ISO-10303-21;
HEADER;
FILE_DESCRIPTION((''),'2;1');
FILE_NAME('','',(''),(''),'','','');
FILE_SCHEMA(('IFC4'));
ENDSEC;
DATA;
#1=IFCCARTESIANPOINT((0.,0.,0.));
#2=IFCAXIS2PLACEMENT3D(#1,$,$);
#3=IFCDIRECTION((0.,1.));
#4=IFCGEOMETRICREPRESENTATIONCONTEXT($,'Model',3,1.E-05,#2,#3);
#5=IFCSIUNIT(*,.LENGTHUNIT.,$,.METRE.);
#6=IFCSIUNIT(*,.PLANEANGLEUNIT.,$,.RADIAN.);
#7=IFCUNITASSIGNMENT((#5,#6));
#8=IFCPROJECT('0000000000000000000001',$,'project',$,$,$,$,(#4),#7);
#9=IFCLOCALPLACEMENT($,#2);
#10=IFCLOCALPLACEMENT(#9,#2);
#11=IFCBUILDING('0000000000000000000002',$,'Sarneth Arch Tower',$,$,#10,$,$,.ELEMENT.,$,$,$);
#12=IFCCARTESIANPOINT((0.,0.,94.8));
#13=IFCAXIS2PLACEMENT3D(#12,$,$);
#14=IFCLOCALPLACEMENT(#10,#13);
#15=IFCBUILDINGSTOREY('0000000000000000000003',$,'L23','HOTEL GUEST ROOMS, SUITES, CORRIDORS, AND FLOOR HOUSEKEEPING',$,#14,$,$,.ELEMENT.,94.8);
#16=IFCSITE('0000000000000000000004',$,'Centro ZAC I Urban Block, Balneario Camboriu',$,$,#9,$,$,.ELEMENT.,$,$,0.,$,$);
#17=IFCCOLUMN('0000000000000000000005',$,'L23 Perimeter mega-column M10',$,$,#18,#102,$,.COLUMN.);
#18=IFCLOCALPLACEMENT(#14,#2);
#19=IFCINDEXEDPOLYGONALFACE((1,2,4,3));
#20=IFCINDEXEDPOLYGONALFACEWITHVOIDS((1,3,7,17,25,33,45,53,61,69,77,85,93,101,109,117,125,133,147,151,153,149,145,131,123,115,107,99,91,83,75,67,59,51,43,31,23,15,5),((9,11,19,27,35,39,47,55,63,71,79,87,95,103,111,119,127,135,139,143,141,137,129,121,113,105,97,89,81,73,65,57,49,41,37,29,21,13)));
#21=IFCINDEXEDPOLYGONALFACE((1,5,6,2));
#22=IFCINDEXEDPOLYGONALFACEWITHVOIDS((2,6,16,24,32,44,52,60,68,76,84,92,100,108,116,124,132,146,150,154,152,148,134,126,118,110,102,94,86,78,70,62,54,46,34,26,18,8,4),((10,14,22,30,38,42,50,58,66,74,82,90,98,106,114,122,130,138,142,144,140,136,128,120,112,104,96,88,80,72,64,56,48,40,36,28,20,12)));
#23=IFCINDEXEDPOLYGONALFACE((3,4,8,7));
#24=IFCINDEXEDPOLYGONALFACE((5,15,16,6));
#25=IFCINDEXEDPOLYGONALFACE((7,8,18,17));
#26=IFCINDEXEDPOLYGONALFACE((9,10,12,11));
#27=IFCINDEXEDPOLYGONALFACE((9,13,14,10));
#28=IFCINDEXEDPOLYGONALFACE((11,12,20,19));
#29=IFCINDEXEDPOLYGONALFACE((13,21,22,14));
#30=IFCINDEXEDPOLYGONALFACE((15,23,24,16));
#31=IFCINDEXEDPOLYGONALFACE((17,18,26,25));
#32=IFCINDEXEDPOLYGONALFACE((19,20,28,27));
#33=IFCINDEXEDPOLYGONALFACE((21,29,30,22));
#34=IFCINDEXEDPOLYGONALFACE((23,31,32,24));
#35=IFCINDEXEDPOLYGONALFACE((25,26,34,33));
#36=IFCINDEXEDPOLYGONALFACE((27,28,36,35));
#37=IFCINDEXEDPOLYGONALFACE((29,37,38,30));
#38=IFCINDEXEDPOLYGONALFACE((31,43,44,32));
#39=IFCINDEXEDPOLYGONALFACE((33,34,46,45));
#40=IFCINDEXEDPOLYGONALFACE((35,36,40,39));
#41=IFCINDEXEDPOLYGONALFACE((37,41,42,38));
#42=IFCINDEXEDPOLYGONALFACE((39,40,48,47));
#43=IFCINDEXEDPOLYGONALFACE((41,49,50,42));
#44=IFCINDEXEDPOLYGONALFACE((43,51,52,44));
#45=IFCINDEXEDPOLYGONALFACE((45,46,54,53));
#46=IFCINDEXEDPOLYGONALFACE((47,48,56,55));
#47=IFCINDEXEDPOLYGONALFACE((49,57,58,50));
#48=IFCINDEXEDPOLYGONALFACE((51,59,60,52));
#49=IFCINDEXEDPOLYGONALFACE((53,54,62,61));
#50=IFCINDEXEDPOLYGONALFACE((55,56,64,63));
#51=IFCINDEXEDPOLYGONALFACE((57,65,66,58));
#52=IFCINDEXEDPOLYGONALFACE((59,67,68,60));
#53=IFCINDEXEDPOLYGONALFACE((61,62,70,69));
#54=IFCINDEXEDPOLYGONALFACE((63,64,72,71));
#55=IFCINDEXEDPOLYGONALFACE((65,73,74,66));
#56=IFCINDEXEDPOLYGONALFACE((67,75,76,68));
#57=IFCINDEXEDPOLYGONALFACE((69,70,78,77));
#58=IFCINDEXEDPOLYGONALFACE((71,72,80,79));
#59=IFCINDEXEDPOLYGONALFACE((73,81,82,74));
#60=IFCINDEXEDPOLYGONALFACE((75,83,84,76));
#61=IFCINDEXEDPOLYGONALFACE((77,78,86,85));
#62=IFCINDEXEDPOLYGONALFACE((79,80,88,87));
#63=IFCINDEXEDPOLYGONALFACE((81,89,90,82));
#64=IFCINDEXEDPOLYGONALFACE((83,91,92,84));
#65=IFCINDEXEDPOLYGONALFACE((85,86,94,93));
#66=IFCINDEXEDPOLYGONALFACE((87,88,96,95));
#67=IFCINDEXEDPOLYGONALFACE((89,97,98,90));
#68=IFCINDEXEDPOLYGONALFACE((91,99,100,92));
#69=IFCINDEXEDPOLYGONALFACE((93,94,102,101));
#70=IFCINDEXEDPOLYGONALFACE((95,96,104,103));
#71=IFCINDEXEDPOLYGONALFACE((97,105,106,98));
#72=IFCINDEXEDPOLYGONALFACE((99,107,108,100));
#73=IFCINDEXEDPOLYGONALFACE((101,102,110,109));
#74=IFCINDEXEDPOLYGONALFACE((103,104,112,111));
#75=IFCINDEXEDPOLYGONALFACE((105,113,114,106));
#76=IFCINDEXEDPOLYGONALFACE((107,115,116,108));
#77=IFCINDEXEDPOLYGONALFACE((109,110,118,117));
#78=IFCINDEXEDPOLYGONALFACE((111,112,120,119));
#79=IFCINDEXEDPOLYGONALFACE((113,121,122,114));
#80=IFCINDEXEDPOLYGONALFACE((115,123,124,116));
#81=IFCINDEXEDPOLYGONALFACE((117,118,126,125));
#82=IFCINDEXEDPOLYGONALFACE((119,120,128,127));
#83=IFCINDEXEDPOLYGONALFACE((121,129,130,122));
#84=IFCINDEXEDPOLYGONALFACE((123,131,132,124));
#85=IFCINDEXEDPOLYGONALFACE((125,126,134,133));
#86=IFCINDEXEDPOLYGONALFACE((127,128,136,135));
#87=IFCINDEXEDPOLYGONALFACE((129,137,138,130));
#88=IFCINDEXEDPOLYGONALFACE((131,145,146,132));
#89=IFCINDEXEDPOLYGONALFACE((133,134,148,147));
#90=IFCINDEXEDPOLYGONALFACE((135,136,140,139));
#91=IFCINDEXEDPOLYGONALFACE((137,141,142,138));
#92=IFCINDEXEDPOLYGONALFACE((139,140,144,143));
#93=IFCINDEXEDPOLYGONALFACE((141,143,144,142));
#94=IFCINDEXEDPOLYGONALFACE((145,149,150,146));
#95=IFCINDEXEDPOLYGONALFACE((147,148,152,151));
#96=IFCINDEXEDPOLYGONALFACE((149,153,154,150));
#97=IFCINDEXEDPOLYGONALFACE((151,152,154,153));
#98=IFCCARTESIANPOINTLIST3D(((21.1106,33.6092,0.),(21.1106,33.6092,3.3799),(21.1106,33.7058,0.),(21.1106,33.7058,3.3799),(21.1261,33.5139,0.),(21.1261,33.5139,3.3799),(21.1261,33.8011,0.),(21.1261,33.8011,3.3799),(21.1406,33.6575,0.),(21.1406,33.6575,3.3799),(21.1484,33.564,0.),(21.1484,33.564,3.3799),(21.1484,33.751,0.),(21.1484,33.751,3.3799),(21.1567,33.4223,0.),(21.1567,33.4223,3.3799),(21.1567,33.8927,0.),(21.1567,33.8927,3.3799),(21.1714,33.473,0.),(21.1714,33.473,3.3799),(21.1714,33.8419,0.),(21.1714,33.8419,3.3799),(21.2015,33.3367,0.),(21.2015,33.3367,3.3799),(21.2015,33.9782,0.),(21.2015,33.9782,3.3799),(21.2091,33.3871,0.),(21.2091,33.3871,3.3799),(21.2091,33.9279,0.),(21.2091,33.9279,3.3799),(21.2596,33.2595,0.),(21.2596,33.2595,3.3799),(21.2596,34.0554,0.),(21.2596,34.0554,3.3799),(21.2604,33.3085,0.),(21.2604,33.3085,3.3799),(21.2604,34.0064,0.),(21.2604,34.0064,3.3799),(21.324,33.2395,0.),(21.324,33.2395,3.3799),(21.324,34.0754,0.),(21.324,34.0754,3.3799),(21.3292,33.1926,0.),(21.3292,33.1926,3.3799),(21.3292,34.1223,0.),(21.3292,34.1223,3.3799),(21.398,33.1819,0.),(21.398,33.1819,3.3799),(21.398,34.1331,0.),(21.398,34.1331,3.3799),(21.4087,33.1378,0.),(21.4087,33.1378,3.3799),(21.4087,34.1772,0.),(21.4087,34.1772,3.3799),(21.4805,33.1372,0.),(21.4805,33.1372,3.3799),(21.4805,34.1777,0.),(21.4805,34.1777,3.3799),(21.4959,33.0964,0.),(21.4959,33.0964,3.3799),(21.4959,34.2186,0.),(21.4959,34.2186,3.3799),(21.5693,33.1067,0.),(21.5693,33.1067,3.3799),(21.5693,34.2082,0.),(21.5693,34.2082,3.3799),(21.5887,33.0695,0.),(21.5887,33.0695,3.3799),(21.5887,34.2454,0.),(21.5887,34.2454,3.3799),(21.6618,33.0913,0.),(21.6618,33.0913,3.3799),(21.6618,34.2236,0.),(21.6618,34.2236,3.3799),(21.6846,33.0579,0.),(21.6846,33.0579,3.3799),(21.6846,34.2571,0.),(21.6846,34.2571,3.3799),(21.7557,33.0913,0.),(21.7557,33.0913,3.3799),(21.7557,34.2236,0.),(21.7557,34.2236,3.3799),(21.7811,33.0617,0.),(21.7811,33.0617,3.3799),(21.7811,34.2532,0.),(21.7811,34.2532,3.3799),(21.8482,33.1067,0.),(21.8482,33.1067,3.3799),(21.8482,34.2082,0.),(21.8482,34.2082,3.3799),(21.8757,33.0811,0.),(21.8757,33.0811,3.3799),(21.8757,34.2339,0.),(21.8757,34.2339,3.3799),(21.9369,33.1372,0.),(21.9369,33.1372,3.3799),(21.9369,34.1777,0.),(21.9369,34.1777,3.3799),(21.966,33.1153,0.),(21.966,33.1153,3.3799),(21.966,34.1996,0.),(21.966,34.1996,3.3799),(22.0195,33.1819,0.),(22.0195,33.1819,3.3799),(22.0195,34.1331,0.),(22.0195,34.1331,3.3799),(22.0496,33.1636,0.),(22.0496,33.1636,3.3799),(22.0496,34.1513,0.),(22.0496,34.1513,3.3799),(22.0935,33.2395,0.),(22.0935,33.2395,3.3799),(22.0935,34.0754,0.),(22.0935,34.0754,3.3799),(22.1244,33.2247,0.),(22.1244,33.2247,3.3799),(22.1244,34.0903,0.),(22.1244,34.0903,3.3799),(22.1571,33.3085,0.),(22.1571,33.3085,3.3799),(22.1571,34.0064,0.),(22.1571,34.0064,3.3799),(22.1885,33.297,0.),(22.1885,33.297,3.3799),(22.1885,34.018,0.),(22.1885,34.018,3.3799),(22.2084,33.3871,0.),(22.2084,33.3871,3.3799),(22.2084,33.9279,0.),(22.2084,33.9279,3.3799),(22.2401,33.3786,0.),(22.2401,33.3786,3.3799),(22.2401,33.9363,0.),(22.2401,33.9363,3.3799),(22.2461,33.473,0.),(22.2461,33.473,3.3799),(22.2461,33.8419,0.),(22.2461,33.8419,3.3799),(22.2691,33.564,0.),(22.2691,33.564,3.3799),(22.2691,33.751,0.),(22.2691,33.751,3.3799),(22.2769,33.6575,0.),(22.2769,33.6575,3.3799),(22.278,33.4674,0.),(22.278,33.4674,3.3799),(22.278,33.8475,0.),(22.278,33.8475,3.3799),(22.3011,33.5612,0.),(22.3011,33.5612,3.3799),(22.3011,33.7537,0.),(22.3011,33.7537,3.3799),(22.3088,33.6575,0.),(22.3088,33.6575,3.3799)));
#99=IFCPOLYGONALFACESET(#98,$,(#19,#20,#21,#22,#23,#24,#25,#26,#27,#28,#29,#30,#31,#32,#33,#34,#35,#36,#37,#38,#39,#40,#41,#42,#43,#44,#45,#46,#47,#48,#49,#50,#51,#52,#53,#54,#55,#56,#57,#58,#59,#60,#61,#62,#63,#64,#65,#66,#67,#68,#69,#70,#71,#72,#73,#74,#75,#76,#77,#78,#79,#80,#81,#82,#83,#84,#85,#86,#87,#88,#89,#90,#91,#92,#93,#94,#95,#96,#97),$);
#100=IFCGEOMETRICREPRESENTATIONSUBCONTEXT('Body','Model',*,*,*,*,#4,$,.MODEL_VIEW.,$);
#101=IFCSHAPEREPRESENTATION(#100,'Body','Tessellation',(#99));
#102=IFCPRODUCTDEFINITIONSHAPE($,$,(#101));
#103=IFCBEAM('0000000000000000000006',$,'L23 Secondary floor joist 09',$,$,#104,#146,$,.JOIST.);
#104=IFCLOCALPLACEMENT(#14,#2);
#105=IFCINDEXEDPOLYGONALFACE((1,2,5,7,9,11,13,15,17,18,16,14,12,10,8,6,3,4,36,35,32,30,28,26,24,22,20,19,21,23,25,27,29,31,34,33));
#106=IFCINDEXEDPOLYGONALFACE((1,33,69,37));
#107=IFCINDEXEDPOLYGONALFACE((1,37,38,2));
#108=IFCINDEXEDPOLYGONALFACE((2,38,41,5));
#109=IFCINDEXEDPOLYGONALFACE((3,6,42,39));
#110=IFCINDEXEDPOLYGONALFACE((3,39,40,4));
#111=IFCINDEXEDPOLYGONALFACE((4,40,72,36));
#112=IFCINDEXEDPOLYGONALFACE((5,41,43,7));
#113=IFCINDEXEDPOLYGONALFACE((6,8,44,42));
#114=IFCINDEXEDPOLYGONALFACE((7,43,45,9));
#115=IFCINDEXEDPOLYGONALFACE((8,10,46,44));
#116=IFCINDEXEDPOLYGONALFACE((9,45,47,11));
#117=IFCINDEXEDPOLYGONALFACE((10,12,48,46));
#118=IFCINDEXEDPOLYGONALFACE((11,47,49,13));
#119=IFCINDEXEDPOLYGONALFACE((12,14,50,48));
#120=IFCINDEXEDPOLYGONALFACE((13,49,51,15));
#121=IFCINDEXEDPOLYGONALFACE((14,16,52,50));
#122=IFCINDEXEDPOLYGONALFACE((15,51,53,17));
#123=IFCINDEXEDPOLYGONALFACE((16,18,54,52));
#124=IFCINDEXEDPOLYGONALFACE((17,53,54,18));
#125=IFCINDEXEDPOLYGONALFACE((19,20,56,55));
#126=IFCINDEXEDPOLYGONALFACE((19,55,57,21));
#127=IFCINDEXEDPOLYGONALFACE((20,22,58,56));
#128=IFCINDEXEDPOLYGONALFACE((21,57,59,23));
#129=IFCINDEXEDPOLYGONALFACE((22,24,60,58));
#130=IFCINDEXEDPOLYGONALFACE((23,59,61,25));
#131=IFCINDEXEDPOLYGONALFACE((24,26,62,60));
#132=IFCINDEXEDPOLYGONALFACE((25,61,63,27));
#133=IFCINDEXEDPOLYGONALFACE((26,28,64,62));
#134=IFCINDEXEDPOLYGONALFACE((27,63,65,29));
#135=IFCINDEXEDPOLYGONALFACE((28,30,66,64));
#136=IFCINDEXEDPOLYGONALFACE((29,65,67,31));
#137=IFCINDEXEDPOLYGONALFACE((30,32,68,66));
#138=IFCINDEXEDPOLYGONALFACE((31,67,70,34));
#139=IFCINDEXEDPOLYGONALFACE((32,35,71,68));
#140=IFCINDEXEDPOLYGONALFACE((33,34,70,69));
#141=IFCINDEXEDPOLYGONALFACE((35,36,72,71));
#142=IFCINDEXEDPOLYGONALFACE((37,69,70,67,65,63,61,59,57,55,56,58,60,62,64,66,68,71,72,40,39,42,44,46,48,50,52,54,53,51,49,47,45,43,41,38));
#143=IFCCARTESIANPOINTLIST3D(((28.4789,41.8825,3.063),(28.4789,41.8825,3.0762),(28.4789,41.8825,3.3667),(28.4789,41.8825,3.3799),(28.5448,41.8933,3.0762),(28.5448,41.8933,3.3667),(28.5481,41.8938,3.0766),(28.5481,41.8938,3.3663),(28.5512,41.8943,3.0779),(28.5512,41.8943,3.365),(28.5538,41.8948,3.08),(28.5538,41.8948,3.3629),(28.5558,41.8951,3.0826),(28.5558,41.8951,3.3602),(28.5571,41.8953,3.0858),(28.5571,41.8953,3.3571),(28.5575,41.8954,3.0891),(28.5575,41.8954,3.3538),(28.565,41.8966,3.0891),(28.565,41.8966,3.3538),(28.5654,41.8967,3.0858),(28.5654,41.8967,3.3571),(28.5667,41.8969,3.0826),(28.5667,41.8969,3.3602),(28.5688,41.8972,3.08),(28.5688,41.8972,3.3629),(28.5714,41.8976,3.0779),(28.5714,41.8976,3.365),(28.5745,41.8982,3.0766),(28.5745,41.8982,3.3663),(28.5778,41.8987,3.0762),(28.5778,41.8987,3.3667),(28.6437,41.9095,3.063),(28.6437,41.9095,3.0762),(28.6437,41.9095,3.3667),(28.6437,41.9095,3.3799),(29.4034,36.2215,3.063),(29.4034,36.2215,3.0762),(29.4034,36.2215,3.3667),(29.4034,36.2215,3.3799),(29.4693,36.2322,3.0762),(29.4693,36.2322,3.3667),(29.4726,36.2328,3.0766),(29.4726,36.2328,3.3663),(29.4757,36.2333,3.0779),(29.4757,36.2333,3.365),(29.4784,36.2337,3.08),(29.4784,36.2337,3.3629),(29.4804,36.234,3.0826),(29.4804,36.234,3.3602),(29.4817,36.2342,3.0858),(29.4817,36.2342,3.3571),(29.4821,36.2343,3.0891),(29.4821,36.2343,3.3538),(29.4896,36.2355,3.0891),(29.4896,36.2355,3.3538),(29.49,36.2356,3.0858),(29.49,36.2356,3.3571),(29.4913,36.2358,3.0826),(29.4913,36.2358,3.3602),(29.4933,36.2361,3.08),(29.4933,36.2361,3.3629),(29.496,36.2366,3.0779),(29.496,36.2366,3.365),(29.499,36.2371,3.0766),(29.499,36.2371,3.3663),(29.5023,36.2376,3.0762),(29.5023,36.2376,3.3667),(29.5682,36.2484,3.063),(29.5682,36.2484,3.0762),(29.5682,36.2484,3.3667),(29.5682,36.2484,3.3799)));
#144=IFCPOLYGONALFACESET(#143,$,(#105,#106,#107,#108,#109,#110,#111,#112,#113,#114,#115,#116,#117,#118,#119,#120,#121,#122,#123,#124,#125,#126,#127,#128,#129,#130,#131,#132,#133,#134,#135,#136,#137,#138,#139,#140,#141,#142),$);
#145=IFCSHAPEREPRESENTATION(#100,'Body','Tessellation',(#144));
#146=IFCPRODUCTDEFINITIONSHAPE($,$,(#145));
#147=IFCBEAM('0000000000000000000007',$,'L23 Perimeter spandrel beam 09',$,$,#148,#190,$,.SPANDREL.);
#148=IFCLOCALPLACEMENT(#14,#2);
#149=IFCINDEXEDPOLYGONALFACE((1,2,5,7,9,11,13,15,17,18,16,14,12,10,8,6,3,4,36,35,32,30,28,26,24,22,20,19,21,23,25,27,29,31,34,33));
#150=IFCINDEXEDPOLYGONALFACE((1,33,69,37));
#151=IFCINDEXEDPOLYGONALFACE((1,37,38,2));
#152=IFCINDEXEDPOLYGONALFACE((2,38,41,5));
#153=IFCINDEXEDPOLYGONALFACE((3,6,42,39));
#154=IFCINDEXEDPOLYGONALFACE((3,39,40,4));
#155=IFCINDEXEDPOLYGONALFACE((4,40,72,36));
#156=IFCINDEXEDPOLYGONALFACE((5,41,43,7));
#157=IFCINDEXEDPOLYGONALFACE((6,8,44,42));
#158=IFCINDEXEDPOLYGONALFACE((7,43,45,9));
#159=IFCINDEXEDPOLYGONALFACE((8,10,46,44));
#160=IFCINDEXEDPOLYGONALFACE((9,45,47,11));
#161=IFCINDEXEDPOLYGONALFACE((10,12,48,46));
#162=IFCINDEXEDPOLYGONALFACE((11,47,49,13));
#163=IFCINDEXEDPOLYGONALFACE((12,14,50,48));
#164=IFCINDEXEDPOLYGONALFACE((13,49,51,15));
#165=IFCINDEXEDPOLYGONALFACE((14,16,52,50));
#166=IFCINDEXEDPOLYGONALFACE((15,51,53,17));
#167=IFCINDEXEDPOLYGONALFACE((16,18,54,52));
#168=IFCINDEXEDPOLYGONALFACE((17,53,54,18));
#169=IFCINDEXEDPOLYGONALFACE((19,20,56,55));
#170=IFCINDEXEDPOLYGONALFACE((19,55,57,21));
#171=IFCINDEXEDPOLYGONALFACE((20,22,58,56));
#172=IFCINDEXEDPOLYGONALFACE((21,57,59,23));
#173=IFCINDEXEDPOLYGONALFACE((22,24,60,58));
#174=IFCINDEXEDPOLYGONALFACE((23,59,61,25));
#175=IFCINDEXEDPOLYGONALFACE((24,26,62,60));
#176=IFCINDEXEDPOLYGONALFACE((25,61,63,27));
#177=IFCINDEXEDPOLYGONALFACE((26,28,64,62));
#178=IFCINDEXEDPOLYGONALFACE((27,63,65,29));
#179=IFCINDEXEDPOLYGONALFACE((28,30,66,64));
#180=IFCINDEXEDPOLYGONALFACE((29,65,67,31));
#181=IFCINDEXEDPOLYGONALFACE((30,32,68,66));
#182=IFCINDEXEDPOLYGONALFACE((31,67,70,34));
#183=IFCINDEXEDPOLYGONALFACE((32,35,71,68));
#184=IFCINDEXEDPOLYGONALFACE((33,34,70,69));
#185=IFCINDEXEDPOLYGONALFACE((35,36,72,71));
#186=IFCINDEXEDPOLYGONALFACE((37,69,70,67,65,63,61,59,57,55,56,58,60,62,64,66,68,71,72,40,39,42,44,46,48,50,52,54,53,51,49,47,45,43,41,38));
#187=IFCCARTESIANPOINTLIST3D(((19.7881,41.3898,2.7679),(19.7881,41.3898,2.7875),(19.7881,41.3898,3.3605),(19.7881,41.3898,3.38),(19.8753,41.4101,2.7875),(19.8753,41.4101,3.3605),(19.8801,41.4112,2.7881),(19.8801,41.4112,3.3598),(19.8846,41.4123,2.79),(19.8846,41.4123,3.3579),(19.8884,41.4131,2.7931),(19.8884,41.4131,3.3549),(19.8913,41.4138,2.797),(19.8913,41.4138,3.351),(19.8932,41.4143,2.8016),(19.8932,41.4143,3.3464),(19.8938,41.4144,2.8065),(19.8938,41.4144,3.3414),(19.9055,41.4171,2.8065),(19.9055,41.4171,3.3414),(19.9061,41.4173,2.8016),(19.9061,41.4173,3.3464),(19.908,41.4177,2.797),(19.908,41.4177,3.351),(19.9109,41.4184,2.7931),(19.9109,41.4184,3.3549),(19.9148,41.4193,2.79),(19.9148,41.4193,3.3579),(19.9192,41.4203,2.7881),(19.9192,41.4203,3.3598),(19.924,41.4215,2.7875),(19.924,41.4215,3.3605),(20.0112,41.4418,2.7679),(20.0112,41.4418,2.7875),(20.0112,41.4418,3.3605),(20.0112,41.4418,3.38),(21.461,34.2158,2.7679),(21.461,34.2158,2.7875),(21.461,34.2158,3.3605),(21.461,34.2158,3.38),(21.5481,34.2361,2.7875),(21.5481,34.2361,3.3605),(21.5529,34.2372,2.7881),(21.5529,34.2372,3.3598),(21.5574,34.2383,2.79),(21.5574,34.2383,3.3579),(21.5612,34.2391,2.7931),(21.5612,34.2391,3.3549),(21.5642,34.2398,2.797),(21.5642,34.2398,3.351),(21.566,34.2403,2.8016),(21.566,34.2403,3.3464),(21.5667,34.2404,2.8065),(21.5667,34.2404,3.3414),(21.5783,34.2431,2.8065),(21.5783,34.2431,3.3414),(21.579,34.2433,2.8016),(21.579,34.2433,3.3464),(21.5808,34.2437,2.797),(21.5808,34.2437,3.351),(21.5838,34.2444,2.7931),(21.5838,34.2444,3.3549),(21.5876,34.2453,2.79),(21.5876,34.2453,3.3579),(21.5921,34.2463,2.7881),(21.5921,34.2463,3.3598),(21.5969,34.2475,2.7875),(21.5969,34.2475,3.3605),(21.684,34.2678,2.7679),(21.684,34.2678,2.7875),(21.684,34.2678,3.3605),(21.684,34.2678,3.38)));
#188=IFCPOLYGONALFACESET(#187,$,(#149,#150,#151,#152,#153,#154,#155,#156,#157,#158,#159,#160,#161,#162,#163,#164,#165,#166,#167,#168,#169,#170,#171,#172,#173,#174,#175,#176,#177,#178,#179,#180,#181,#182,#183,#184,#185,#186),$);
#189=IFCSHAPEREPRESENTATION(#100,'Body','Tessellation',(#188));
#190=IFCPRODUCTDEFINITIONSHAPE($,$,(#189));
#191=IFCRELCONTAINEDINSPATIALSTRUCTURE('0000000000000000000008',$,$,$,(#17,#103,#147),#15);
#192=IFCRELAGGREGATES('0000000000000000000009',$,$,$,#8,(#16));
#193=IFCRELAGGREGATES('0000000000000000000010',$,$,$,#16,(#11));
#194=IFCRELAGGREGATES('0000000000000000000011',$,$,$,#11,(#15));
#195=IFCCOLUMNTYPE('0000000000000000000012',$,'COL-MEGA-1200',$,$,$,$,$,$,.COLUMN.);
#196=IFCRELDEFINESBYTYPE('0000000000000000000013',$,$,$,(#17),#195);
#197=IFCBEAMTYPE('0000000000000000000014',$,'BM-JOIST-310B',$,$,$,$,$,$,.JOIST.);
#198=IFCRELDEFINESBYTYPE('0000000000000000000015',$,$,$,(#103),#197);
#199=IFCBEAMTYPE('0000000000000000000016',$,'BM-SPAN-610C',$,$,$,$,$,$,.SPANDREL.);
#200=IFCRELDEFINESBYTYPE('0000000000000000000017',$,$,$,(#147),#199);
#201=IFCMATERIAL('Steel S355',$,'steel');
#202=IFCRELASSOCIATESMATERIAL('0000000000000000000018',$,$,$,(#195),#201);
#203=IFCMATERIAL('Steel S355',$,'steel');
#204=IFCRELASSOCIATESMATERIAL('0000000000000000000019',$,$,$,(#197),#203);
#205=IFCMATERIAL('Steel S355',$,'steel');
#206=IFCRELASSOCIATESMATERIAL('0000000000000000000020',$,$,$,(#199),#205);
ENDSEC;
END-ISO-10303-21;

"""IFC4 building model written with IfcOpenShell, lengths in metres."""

from ifc_helpers import new_model, si_unit, direction, frame, origin, origin_2d, place, context, subcontext, project, spatial, hollow_circle, i_section, extrude, material, material_profile, profile_set, type_object, element, save


model = new_model("IFC4")

# Units and contexts
model_context = context("Model", 3, precision=1e-05, world=origin(), true_north=direction((0.0, 1.0)))
body_context = subcontext(model_context, "Body", "Model", "MODEL_VIEW")
ifc_project = project(units=[si_unit("LENGTHUNIT", "METRE"), si_unit("PLANEANGLEUNIT", "RADIAN")], contexts=[model_context])

# Site, building, storey
site_placement = place(None, origin())
site = spatial("IfcSite", under=ifc_project, at=site_placement, Name="Centro ZAC I Urban Block, Balneario Camboriu", CompositionType="ELEMENT", RefElevation=0.0)
building_placement = place(site_placement, origin())
building = spatial("IfcBuilding", under=site, at=building_placement, Name="Sarneth Arch Tower", CompositionType="ELEMENT")
storey_placement = place(building_placement, frame((0.0, 0.0, 94.8)))
storey = spatial("IfcBuildingStorey", under=building, at=storey_placement, Name="L23", Description="HOTEL GUEST ROOMS, SUITES, CORRIDORS, AND FLOOR HOUSEKEEPING", CompositionType="ELEMENT", Elevation=94.8)

# Column
ifc_material_1 = material(Name="Steel S355", Category="steel")
ifc_material_profile_1 = material_profile(ifc_material_1, hollow_circle(Radius=0.6001, WallThickness=0.032, at=origin_2d()), Name="CHS1200x32")
ifc_profile_set_1 = profile_set([ifc_material_profile_1], Name="Steel S355")
column_type = type_object("IfcColumnType", Name="COL-MEGA-1200", PredefinedType="COLUMN", material=ifc_profile_set_1)
column_placement = place(storey_placement, frame((21.7087, 33.6575, 0.0), z_axis=(0.0, 0.0, 1.0), x_axis=(1.0, 0.0, 0.0)))
element("IfcColumn", 1, at=column_placement, inside=storey, type_object=column_type, Name="L23 Perimeter mega-column M10", PredefinedType="COLUMN", context=body_context, shape_type="SweptSolid", body=[
    extrude(hollow_circle(Radius=0.6001, WallThickness=0.032, at=origin_2d()), origin(), (0.0, 0.0, 1.0), 3.3799),
])

# Beams
ifc_material_2 = material(Name="Steel S355", Category="steel")
ifc_material_profile_2 = material_profile(ifc_material_2, i_section(OverallWidth=0.167, OverallDepth=0.3169, WebThickness=0.0076, FlangeThickness=0.0132, FilletRadius=0.0129, at=origin_2d()), Name="W310x52")
ifc_profile_set_2 = profile_set([ifc_material_profile_2], Name="Steel S355")
beam_type_1 = type_object("IfcBeamType", Name="BM-JOIST-310B", PredefinedType="JOIST", material=ifc_profile_set_2)
beam_1_placement = place(storey_placement, frame((28.5613, 41.896, 3.2214), z_axis=(0.161182, -0.986925, 0.0), x_axis=(0.986925, 0.161182, 0.0)))
element("IfcBeam", 2, at=beam_1_placement, inside=storey, type_object=beam_type_1, Name="L23 Secondary floor joist 09", PredefinedType="JOIST", context=body_context, shape_type="SweptSolid", body=[
    extrude(i_section(OverallWidth=0.167, OverallDepth=0.3169, WebThickness=0.0076, FlangeThickness=0.0132, FilletRadius=0.0129, at=origin_2d()), origin(), (0.0, 0.0, 1.0), 5.7361),
])
ifc_material_3 = material(Name="Steel S355", Category="steel")
ifc_material_profile_3 = material_profile(ifc_material_3, i_section(OverallWidth=0.229, OverallDepth=0.6121, WebThickness=0.012, FlangeThickness=0.0195, FilletRadius=0.019, at=origin_2d()), Name="W610x125")
ifc_profile_set_3 = profile_set([ifc_material_profile_3], Name="Steel S355")
beam_type_2 = type_object("IfcBeamType", Name="BM-SPAN-610C", PredefinedType="SPANDREL", material=ifc_profile_set_3)
beam_2_placement = place(storey_placement, frame((19.8997, 41.4158, 3.074), z_axis=(0.227088, -0.973874, 0.0), x_axis=(0.973874, 0.227088, 0.0)))
element("IfcBeam", 3, at=beam_2_placement, inside=storey, type_object=beam_type_2, Name="L23 Perimeter spandrel beam 09", PredefinedType="SPANDREL", context=body_context, shape_type="SweptSolid", body=[
    extrude(i_section(OverallWidth=0.229, OverallDepth=0.6121, WebThickness=0.012, FlangeThickness=0.0195, FilletRadius=0.019, at=origin_2d()), origin(), (0.0, 0.0, 1.0), 7.3665),
])

save(model, "model.ifc")
